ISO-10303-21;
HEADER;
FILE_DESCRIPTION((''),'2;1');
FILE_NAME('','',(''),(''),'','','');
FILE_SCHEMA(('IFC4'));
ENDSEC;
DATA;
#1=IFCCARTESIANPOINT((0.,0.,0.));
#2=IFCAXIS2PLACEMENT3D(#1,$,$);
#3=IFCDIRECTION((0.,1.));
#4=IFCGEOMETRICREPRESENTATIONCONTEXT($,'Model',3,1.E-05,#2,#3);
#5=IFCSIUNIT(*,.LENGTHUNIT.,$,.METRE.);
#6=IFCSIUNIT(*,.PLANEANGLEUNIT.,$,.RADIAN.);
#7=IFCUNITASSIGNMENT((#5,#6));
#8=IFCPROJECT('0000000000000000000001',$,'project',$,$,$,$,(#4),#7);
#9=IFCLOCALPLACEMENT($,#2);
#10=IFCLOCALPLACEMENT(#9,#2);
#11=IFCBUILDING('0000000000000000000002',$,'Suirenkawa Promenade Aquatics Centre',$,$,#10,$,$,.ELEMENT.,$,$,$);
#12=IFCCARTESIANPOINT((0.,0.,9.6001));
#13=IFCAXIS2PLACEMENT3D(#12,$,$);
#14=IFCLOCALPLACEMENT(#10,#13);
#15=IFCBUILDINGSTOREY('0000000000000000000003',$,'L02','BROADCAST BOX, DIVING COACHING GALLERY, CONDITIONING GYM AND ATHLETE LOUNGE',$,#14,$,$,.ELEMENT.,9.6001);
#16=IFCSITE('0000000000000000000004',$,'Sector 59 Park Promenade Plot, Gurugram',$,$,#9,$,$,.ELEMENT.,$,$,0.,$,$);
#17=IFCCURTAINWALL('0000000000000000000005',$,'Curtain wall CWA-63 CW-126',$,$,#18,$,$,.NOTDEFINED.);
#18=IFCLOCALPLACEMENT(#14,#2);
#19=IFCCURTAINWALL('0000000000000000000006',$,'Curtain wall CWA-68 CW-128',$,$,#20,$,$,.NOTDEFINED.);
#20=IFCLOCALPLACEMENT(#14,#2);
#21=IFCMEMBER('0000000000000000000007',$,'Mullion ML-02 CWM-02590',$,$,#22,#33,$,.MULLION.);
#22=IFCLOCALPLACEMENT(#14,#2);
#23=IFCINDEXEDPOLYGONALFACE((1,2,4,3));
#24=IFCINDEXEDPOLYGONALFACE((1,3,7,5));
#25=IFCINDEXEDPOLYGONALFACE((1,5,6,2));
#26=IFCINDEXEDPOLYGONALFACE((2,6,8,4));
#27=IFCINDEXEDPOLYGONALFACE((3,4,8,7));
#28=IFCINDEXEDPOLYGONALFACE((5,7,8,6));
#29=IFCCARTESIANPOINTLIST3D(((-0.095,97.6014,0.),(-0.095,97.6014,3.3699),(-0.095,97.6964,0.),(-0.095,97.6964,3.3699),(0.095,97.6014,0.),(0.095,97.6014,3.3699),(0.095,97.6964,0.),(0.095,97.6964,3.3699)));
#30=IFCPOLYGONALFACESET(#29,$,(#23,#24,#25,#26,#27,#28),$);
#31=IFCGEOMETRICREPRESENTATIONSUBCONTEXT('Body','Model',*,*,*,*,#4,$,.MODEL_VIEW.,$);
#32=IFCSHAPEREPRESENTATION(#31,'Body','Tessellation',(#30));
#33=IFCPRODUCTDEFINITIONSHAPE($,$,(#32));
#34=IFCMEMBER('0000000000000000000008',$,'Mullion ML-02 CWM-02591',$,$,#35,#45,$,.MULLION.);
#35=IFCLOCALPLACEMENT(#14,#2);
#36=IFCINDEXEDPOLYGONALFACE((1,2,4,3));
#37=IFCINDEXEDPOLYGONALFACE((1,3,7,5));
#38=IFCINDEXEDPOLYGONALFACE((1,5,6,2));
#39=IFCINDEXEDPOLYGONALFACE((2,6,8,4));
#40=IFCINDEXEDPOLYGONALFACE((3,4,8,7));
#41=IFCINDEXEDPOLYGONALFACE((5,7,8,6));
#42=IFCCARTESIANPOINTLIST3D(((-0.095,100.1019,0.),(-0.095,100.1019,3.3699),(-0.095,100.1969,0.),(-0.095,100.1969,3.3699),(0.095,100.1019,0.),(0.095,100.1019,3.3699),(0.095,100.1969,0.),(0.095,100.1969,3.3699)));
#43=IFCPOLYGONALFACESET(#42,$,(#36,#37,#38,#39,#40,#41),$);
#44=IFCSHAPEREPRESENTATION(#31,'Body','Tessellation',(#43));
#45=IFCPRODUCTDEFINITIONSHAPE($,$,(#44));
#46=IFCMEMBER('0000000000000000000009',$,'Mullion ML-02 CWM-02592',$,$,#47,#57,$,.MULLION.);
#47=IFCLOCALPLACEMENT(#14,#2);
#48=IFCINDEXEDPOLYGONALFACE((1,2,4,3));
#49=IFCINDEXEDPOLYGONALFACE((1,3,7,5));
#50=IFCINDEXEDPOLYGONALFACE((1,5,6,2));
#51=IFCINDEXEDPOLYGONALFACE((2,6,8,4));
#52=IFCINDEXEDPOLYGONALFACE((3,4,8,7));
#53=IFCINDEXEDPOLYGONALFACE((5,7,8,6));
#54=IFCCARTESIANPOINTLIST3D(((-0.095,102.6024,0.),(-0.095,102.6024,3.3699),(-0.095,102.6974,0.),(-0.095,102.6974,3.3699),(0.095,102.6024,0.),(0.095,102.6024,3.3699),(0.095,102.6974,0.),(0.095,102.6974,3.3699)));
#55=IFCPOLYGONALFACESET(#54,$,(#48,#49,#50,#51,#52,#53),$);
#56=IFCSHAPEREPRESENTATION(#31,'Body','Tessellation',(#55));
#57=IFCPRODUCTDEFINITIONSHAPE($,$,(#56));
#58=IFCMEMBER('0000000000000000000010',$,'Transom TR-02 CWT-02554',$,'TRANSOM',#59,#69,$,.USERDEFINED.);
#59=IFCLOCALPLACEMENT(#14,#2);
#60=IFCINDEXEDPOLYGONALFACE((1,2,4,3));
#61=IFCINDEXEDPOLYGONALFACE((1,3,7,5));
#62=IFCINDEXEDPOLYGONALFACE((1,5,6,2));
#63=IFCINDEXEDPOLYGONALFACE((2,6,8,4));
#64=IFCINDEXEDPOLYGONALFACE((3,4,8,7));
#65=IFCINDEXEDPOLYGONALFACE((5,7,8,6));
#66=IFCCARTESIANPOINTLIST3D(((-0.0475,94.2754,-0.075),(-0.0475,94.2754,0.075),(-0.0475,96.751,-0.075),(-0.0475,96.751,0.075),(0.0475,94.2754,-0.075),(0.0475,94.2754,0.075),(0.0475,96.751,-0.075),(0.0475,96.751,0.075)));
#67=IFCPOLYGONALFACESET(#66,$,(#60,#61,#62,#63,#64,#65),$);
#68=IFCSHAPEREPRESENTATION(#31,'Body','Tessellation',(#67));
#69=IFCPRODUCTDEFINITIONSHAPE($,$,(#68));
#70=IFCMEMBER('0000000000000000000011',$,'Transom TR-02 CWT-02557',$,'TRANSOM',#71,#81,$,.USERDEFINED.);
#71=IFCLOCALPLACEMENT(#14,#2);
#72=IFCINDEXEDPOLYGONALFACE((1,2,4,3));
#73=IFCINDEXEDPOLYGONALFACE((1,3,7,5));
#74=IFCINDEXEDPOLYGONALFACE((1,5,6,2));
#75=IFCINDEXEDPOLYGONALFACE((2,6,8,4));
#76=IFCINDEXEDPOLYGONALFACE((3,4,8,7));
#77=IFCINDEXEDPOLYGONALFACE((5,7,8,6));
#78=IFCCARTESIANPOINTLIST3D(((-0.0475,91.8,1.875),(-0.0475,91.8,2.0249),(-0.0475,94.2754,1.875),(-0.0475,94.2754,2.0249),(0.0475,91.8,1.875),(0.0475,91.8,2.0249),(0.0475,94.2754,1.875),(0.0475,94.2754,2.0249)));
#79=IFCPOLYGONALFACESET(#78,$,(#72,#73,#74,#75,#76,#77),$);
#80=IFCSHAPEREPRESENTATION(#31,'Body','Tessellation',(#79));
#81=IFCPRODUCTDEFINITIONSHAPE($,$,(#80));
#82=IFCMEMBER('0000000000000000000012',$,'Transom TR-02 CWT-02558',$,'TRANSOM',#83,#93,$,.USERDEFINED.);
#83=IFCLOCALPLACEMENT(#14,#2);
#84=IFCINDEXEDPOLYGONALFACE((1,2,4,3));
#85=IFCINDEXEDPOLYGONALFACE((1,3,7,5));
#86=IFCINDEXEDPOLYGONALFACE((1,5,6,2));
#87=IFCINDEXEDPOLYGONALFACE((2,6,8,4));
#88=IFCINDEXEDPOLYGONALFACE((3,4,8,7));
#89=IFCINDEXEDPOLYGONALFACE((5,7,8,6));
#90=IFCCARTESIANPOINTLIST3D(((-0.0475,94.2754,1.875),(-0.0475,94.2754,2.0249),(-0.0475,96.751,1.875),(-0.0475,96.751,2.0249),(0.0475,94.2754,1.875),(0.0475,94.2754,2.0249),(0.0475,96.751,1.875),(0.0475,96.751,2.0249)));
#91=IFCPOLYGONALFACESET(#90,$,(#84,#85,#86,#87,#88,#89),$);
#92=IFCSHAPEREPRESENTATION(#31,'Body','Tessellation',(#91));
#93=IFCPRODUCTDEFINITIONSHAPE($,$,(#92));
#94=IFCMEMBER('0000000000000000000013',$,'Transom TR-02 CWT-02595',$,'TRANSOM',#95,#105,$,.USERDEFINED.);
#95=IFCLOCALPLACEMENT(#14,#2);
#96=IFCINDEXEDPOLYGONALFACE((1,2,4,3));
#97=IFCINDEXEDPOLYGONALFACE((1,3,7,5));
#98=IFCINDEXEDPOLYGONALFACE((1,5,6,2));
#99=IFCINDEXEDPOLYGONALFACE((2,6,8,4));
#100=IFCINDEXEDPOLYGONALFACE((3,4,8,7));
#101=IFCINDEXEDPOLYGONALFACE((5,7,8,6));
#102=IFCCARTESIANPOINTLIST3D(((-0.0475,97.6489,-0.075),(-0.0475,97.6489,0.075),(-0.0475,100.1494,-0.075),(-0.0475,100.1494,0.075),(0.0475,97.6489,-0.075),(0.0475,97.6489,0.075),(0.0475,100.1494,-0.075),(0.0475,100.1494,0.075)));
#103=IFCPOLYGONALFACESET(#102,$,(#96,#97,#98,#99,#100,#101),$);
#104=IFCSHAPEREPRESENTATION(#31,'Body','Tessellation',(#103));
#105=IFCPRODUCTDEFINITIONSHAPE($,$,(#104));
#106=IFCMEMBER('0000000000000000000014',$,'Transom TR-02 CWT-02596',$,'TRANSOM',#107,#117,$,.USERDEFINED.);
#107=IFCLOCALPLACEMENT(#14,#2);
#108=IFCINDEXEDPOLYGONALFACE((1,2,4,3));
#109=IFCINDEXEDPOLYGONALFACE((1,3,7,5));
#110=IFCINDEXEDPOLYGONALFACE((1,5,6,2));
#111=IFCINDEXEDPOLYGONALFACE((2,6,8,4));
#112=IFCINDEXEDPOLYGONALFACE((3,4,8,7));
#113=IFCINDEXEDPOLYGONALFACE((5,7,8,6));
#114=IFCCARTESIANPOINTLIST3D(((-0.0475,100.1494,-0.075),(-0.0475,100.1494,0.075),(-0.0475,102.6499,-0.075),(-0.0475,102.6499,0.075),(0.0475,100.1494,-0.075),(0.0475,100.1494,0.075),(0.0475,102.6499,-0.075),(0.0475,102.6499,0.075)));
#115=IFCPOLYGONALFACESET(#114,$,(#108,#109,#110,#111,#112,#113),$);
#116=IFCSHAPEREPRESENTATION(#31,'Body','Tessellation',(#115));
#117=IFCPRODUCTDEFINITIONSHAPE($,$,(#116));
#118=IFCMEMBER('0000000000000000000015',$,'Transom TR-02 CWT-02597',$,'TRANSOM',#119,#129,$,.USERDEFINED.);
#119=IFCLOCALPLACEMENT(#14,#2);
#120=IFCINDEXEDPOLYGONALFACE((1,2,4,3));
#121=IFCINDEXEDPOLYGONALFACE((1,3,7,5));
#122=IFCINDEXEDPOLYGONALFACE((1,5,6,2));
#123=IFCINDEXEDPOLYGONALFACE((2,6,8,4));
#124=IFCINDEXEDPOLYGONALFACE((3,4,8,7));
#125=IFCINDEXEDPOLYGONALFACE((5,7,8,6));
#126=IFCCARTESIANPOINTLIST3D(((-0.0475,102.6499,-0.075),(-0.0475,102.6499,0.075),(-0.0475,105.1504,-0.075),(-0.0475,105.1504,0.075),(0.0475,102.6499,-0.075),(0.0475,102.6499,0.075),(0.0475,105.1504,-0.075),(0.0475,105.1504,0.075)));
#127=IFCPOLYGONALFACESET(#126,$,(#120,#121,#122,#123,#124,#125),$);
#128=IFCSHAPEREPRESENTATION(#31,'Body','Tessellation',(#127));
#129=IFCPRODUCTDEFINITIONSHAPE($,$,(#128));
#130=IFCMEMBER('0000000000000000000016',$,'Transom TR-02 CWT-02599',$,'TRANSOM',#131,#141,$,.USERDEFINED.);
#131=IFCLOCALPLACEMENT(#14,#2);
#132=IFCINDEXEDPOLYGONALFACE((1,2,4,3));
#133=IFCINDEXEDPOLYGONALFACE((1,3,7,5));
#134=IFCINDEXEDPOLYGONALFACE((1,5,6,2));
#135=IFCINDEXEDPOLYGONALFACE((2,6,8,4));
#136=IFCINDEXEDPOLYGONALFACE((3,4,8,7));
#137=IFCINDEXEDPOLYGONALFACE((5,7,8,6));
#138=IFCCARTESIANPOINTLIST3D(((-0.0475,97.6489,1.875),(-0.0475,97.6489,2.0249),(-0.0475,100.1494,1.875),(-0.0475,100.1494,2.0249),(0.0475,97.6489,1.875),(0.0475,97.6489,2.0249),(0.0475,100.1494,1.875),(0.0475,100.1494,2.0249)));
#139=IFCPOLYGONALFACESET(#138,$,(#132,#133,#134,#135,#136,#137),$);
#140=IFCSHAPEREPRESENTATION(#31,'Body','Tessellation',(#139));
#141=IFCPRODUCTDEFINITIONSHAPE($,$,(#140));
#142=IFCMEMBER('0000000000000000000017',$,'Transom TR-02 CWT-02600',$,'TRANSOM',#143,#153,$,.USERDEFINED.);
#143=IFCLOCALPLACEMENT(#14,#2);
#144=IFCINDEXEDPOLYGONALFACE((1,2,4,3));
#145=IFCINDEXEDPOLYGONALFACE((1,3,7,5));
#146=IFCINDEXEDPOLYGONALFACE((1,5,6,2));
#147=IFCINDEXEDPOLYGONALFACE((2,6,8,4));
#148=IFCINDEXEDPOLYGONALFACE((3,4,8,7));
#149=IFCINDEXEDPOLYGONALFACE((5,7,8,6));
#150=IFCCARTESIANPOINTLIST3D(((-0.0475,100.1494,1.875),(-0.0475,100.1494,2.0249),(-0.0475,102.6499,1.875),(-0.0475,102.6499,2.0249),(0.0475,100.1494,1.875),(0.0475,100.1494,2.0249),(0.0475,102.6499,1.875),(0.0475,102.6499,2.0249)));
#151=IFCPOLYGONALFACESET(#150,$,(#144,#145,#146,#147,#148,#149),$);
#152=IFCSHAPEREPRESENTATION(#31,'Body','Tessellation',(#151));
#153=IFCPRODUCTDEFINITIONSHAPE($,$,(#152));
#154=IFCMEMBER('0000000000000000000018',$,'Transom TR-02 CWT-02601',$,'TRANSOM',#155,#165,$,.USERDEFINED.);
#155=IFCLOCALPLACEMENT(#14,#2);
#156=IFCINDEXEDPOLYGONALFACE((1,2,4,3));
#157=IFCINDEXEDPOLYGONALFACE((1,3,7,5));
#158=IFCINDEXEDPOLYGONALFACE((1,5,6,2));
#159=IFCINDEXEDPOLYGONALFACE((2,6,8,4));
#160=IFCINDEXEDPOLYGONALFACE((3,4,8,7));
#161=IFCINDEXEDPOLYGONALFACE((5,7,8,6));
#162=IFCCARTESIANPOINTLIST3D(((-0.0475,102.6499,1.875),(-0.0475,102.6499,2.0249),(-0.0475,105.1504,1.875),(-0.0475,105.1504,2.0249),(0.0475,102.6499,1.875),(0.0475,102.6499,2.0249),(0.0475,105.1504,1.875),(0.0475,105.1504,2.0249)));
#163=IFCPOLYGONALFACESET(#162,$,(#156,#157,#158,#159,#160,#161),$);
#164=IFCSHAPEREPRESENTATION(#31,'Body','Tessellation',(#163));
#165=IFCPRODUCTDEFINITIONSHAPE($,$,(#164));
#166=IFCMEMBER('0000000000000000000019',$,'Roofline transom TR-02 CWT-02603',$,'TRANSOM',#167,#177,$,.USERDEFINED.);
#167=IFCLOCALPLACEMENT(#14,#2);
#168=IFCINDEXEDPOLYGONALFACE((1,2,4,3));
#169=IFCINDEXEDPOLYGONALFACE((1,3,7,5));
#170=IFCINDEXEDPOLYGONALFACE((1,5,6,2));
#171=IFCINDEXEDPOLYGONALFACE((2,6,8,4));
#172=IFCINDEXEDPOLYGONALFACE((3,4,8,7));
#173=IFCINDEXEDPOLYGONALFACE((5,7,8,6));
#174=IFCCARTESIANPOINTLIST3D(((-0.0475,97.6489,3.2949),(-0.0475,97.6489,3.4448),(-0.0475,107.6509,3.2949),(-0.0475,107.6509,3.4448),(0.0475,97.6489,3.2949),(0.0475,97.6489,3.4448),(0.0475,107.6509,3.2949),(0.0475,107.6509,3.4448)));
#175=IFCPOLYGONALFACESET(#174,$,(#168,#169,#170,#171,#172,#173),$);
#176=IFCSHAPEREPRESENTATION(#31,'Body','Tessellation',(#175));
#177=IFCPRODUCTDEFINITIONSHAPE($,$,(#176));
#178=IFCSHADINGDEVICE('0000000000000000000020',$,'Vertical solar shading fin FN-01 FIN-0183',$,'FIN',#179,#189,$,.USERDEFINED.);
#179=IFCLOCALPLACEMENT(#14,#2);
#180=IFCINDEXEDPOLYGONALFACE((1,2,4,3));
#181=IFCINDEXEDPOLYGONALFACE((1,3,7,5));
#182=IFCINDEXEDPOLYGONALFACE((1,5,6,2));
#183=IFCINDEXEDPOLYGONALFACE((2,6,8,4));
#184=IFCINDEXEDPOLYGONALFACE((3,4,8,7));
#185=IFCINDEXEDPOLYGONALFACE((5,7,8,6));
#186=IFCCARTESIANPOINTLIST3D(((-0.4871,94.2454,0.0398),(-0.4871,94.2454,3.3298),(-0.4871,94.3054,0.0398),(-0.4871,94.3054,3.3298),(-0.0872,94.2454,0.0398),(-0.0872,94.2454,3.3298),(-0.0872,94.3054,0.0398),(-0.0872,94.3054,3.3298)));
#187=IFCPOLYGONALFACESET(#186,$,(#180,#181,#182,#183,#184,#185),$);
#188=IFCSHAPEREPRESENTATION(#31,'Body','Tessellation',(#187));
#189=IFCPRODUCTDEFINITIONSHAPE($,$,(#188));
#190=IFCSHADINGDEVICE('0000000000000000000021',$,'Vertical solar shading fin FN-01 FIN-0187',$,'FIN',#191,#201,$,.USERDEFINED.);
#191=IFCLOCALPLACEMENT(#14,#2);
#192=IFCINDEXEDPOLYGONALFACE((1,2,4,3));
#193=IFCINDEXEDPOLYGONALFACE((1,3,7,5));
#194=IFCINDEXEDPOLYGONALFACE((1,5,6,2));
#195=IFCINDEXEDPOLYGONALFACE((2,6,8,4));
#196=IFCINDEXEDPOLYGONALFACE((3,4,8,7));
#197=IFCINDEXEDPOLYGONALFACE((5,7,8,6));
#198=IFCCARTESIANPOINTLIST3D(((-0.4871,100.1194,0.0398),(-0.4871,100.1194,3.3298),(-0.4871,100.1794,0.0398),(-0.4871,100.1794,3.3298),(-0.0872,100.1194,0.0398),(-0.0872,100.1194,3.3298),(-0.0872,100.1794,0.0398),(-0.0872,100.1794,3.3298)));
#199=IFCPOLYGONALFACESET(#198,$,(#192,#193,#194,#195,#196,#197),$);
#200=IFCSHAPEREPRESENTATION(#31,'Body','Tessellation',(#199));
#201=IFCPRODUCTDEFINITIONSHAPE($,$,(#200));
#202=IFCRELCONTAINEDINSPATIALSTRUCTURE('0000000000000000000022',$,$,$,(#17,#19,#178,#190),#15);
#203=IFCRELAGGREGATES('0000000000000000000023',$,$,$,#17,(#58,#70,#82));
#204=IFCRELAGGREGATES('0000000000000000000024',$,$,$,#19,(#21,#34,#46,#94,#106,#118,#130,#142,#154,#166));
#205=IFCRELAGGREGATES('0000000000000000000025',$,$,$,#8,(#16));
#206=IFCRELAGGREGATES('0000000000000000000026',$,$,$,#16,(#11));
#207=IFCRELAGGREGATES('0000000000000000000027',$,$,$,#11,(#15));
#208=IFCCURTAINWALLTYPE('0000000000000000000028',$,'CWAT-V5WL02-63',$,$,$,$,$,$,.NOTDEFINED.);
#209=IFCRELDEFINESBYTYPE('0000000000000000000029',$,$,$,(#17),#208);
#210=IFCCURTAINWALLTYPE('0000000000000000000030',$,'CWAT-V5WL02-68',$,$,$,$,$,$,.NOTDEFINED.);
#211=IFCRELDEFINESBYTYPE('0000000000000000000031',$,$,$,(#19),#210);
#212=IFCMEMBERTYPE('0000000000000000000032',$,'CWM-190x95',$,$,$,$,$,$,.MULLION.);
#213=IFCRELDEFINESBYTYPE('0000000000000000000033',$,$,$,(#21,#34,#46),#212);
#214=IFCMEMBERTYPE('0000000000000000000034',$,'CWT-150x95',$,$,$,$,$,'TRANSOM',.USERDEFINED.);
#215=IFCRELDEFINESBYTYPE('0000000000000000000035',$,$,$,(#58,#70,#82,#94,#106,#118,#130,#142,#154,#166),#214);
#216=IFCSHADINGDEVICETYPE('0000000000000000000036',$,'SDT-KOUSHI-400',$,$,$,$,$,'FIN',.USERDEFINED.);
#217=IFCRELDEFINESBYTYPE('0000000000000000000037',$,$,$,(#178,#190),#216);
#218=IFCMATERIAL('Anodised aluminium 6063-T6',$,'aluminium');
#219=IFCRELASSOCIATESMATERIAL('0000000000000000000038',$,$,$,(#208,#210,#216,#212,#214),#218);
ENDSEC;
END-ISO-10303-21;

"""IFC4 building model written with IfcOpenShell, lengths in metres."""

from ifc_helpers import new_model, si_unit, direction, frame, origin, origin_2d, place, context, subcontext, project, spatial, rectangle, extrude, material, material_profile, profile_set, type_object, element, aggregate, save


model = new_model("IFC4")

# Units and contexts
model_context = context("Model", 3, precision=1e-05, world=origin(), true_north=direction((0.0, 1.0)))
body_context = subcontext(model_context, "Body", "Model", "MODEL_VIEW")
ifc_project = project(units=[si_unit("LENGTHUNIT", "METRE"), si_unit("PLANEANGLEUNIT", "RADIAN")], contexts=[model_context])

# Site, building, storey
site_placement = place(None, origin())
site = spatial("IfcSite", under=ifc_project, at=site_placement, Name="Sector 59 Park Promenade Plot, Gurugram", CompositionType="ELEMENT", RefElevation=0.0)
building_placement = place(site_placement, origin())
building = spatial("IfcBuilding", under=site, at=building_placement, Name="Suirenkawa Promenade Aquatics Centre", CompositionType="ELEMENT")
storey_placement = place(building_placement, frame((0.0, 0.0, 9.6001)))
storey = spatial("IfcBuildingStorey", under=building, at=storey_placement, Name="L02", Description="BROADCAST BOX, DIVING COACHING GALLERY, CONDITIONING GYM AND ATHLETE LOUNGE", CompositionType="ELEMENT", Elevation=9.6001)

# Curtain walls, members
ifc_material_1 = material(Name="Anodised aluminium 6063-T6", Category="aluminium")
curtain_wall_type_1 = type_object("IfcCurtainWallType", Name="CWAT-V5WL02-63", PredefinedType="NOTDEFINED", material=ifc_material_1)
curtain_wall_1_placement = place(storey_placement, origin())
curtain_wall_1 = element("IfcCurtainWall", 1, at=curtain_wall_1_placement, inside=storey, type_object=curtain_wall_type_1, Name="Curtain wall CWA-63 CW-126", PredefinedType="NOTDEFINED")
ifc_material_profile_1 = material_profile(ifc_material_1, rectangle(XDim=0.095, YDim=0.1899, at=origin_2d()), Name="ALU MULL 95x190", Category="aluminium")
ifc_profile_set_1 = profile_set([ifc_material_profile_1], Name="Anodised aluminium 6063-T6")
member_type_1 = type_object("IfcMemberType", Name="CWM-190x95", PredefinedType="MULLION", material=ifc_profile_set_1)
curtain_wall_type_2 = type_object("IfcCurtainWallType", Name="CWAT-V5WL02-68", PredefinedType="NOTDEFINED", material=ifc_material_1)
curtain_wall_2_placement = place(storey_placement, origin())
curtain_wall_2 = element("IfcCurtainWall", 2, at=curtain_wall_2_placement, inside=storey, type_object=curtain_wall_type_2, Name="Curtain wall CWA-68 CW-128", PredefinedType="NOTDEFINED")
member_1_placement = place(storey_placement, frame((0.0, 97.6489, 0.0), z_axis=(0.0, 0.0, 1.0), x_axis=(0.0, 1.0, 0.0)))
member_1 = element("IfcMember", 3, at=member_1_placement, type_object=member_type_1, Name="Mullion ML-02 CWM-02590", PredefinedType="MULLION", context=body_context, shape_type="SweptSolid", body=[
    extrude(rectangle(XDim=0.095, YDim=0.1899, at=origin_2d()), origin(), (0.0, 0.0, 1.0), 3.3699),
])
member_2_placement = place(storey_placement, frame((0.0, 100.1494, 0.0), z_axis=(0.0, 0.0, 1.0), x_axis=(0.0, 1.0, 0.0)))
member_2 = element("IfcMember", 4, at=member_2_placement, type_object=member_type_1, Name="Mullion ML-02 CWM-02591", PredefinedType="MULLION", context=body_context, shape_type="SweptSolid", body=[
    extrude(rectangle(XDim=0.095, YDim=0.1899, at=origin_2d()), origin(), (0.0, 0.0, 1.0), 3.3699),
])
member_3_placement = place(storey_placement, frame((0.0, 102.6499, 0.0), z_axis=(0.0, 0.0, 1.0), x_axis=(0.0, 1.0, 0.0)))
member_3 = element("IfcMember", 5, at=member_3_placement, type_object=member_type_1, Name="Mullion ML-02 CWM-02592", PredefinedType="MULLION", context=body_context, shape_type="SweptSolid", body=[
    extrude(rectangle(XDim=0.095, YDim=0.1899, at=origin_2d()), origin(), (0.0, 0.0, 1.0), 3.3699),
])

# Members
ifc_material_profile_2 = material_profile(ifc_material_1, rectangle(XDim=0.095, YDim=0.1499, at=origin_2d()), Name="ALU TRAN 95x150", Category="aluminium")
ifc_profile_set_2 = profile_set([ifc_material_profile_2], Name="Anodised aluminium 6063-T6")
member_type_2 = type_object("IfcMemberType", Name="CWT-150x95", ElementType="TRANSOM", PredefinedType="USERDEFINED", material=ifc_profile_set_2)
member_4_placement = place(storey_placement, frame((0.0, 94.2754, 0.0), z_axis=(0.0, 1.0, 0.0), x_axis=(-1.0, 0.0, 0.0)))
member_4 = element("IfcMember", 6, at=member_4_placement, type_object=member_type_2, Name="Transom TR-02 CWT-02554", ObjectType="TRANSOM", PredefinedType="USERDEFINED", context=body_context, shape_type="SweptSolid", body=[
    extrude(rectangle(XDim=0.095, YDim=0.1499, at=origin_2d()), origin(), (0.0, 0.0, 1.0), 2.4756),
])
member_5_placement = place(storey_placement, frame((0.0, 91.8, 1.95), z_axis=(0.0, 1.0, 0.0), x_axis=(-1.0, 0.0, 0.0)))
member_5 = element("IfcMember", 7, at=member_5_placement, type_object=member_type_2, Name="Transom TR-02 CWT-02557", ObjectType="TRANSOM", PredefinedType="USERDEFINED", context=body_context, shape_type="SweptSolid", body=[
    extrude(rectangle(XDim=0.095, YDim=0.1499, at=origin_2d()), origin(), (0.0, 0.0, 1.0), 2.4753),
])
member_6_placement = place(storey_placement, frame((0.0, 94.2754, 1.95), z_axis=(0.0, 1.0, 0.0), x_axis=(-1.0, 0.0, 0.0)))
member_6 = element("IfcMember", 8, at=member_6_placement, type_object=member_type_2, Name="Transom TR-02 CWT-02558", ObjectType="TRANSOM", PredefinedType="USERDEFINED", context=body_context, shape_type="SweptSolid", body=[
    extrude(rectangle(XDim=0.095, YDim=0.1499, at=origin_2d()), origin(), (0.0, 0.0, 1.0), 2.4756),
])
member_7_placement = place(storey_placement, frame((0.0, 97.6489, 0.0), z_axis=(0.0, 1.0, 0.0), x_axis=(-1.0, 0.0, 0.0)))
member_7 = element("IfcMember", 9, at=member_7_placement, type_object=member_type_2, Name="Transom TR-02 CWT-02595", ObjectType="TRANSOM", PredefinedType="USERDEFINED", context=body_context, shape_type="SweptSolid", body=[
    extrude(rectangle(XDim=0.095, YDim=0.1499, at=origin_2d()), origin(), (0.0, 0.0, 1.0), 2.5005),
])
member_8_placement = place(storey_placement, frame((0.0, 100.1494, 0.0), z_axis=(0.0, 1.0, 0.0), x_axis=(-1.0, 0.0, 0.0)))
member_8 = element("IfcMember", 10, at=member_8_placement, type_object=member_type_2, Name="Transom TR-02 CWT-02596", ObjectType="TRANSOM", PredefinedType="USERDEFINED", context=body_context, shape_type="SweptSolid", body=[
    extrude(rectangle(XDim=0.095, YDim=0.1499, at=origin_2d()), origin(), (0.0, 0.0, 1.0), 2.5005),
])
member_9_placement = place(storey_placement, frame((0.0, 102.6499, 0.0), z_axis=(0.0, 1.0, 0.0), x_axis=(-1.0, 0.0, 0.0)))
member_9 = element("IfcMember", 11, at=member_9_placement, type_object=member_type_2, Name="Transom TR-02 CWT-02597", ObjectType="TRANSOM", PredefinedType="USERDEFINED", context=body_context, shape_type="SweptSolid", body=[
    extrude(rectangle(XDim=0.095, YDim=0.1499, at=origin_2d()), origin(), (0.0, 0.0, 1.0), 2.5005),
])
member_10_placement = place(storey_placement, frame((0.0, 97.6489, 1.95), z_axis=(0.0, 1.0, 0.0), x_axis=(-1.0, 0.0, 0.0)))
member_10 = element("IfcMember", 12, at=member_10_placement, type_object=member_type_2, Name="Transom TR-02 CWT-02599", ObjectType="TRANSOM", PredefinedType="USERDEFINED", context=body_context, shape_type="SweptSolid", body=[
    extrude(rectangle(XDim=0.095, YDim=0.1499, at=origin_2d()), origin(), (0.0, 0.0, 1.0), 2.5005),
])
member_11_placement = place(storey_placement, frame((0.0, 100.1494, 1.95), z_axis=(0.0, 1.0, 0.0), x_axis=(-1.0, 0.0, 0.0)))
member_11 = element("IfcMember", 13, at=member_11_placement, type_object=member_type_2, Name="Transom TR-02 CWT-02600", ObjectType="TRANSOM", PredefinedType="USERDEFINED", context=body_context, shape_type="SweptSolid", body=[
    extrude(rectangle(XDim=0.095, YDim=0.1499, at=origin_2d()), origin(), (0.0, 0.0, 1.0), 2.5005),
])
member_12_placement = place(storey_placement, frame((0.0, 102.6499, 1.95), z_axis=(0.0, 1.0, 0.0), x_axis=(-1.0, 0.0, 0.0)))
member_12 = element("IfcMember", 14, at=member_12_placement, type_object=member_type_2, Name="Transom TR-02 CWT-02601", ObjectType="TRANSOM", PredefinedType="USERDEFINED", context=body_context, shape_type="SweptSolid", body=[
    extrude(rectangle(XDim=0.095, YDim=0.1499, at=origin_2d()), origin(), (0.0, 0.0, 1.0), 2.5005),
])
member_13_placement = place(storey_placement, frame((0.0, 97.6489, 3.3699), z_axis=(0.0, 1.0, 0.0), x_axis=(-1.0, 0.0, 0.0)))
member_13 = element("IfcMember", 15, at=member_13_placement, type_object=member_type_2, Name="Roofline transom TR-02 CWT-02603", ObjectType="TRANSOM", PredefinedType="USERDEFINED", context=body_context, shape_type="SweptSolid", body=[
    extrude(rectangle(XDim=0.095, YDim=0.1499, at=origin_2d()), origin(), (0.0, 0.0, 1.0), 10.002),
])

aggregate(curtain_wall_1, [member_4, member_5, member_6])
aggregate(curtain_wall_2, [member_1, member_2, member_3, member_7, member_8, member_9, member_10, member_11, member_12, member_13])

# Shading devices
shading_device_type = type_object("IfcShadingDeviceType", Name="SDT-KOUSHI-400", ElementType="FIN", PredefinedType="USERDEFINED", material=ifc_material_1)
for number, where, z_axis, x_axis, name in (
    (16, (-0.2871, 94.2754, 0.0398), (0.0, 0.0, 1.0), (-1.0, 0.0, 0.0), "Vertical solar shading fin FN-01 FIN-0183"),
    (17, (-0.2871, 100.1494, 0.0398), (0.0, 0.0, 1.0), (-1.0, 0.0, 0.0), "Vertical solar shading fin FN-01 FIN-0187"),
):
    element("IfcShadingDevice", number, at=place(storey_placement, frame(where, z_axis=z_axis, x_axis=x_axis)), inside=storey, type_object=shading_device_type, Name=name, ObjectType="FIN", PredefinedType="USERDEFINED", context=body_context, shape_type="SweptSolid", body=[
        extrude(rectangle(XDim=0.3999, YDim=0.0601, at=origin_2d()), origin(), (0.0, 0.0, 1.0), 3.29),
    ])

save(model, "model.ifc")
